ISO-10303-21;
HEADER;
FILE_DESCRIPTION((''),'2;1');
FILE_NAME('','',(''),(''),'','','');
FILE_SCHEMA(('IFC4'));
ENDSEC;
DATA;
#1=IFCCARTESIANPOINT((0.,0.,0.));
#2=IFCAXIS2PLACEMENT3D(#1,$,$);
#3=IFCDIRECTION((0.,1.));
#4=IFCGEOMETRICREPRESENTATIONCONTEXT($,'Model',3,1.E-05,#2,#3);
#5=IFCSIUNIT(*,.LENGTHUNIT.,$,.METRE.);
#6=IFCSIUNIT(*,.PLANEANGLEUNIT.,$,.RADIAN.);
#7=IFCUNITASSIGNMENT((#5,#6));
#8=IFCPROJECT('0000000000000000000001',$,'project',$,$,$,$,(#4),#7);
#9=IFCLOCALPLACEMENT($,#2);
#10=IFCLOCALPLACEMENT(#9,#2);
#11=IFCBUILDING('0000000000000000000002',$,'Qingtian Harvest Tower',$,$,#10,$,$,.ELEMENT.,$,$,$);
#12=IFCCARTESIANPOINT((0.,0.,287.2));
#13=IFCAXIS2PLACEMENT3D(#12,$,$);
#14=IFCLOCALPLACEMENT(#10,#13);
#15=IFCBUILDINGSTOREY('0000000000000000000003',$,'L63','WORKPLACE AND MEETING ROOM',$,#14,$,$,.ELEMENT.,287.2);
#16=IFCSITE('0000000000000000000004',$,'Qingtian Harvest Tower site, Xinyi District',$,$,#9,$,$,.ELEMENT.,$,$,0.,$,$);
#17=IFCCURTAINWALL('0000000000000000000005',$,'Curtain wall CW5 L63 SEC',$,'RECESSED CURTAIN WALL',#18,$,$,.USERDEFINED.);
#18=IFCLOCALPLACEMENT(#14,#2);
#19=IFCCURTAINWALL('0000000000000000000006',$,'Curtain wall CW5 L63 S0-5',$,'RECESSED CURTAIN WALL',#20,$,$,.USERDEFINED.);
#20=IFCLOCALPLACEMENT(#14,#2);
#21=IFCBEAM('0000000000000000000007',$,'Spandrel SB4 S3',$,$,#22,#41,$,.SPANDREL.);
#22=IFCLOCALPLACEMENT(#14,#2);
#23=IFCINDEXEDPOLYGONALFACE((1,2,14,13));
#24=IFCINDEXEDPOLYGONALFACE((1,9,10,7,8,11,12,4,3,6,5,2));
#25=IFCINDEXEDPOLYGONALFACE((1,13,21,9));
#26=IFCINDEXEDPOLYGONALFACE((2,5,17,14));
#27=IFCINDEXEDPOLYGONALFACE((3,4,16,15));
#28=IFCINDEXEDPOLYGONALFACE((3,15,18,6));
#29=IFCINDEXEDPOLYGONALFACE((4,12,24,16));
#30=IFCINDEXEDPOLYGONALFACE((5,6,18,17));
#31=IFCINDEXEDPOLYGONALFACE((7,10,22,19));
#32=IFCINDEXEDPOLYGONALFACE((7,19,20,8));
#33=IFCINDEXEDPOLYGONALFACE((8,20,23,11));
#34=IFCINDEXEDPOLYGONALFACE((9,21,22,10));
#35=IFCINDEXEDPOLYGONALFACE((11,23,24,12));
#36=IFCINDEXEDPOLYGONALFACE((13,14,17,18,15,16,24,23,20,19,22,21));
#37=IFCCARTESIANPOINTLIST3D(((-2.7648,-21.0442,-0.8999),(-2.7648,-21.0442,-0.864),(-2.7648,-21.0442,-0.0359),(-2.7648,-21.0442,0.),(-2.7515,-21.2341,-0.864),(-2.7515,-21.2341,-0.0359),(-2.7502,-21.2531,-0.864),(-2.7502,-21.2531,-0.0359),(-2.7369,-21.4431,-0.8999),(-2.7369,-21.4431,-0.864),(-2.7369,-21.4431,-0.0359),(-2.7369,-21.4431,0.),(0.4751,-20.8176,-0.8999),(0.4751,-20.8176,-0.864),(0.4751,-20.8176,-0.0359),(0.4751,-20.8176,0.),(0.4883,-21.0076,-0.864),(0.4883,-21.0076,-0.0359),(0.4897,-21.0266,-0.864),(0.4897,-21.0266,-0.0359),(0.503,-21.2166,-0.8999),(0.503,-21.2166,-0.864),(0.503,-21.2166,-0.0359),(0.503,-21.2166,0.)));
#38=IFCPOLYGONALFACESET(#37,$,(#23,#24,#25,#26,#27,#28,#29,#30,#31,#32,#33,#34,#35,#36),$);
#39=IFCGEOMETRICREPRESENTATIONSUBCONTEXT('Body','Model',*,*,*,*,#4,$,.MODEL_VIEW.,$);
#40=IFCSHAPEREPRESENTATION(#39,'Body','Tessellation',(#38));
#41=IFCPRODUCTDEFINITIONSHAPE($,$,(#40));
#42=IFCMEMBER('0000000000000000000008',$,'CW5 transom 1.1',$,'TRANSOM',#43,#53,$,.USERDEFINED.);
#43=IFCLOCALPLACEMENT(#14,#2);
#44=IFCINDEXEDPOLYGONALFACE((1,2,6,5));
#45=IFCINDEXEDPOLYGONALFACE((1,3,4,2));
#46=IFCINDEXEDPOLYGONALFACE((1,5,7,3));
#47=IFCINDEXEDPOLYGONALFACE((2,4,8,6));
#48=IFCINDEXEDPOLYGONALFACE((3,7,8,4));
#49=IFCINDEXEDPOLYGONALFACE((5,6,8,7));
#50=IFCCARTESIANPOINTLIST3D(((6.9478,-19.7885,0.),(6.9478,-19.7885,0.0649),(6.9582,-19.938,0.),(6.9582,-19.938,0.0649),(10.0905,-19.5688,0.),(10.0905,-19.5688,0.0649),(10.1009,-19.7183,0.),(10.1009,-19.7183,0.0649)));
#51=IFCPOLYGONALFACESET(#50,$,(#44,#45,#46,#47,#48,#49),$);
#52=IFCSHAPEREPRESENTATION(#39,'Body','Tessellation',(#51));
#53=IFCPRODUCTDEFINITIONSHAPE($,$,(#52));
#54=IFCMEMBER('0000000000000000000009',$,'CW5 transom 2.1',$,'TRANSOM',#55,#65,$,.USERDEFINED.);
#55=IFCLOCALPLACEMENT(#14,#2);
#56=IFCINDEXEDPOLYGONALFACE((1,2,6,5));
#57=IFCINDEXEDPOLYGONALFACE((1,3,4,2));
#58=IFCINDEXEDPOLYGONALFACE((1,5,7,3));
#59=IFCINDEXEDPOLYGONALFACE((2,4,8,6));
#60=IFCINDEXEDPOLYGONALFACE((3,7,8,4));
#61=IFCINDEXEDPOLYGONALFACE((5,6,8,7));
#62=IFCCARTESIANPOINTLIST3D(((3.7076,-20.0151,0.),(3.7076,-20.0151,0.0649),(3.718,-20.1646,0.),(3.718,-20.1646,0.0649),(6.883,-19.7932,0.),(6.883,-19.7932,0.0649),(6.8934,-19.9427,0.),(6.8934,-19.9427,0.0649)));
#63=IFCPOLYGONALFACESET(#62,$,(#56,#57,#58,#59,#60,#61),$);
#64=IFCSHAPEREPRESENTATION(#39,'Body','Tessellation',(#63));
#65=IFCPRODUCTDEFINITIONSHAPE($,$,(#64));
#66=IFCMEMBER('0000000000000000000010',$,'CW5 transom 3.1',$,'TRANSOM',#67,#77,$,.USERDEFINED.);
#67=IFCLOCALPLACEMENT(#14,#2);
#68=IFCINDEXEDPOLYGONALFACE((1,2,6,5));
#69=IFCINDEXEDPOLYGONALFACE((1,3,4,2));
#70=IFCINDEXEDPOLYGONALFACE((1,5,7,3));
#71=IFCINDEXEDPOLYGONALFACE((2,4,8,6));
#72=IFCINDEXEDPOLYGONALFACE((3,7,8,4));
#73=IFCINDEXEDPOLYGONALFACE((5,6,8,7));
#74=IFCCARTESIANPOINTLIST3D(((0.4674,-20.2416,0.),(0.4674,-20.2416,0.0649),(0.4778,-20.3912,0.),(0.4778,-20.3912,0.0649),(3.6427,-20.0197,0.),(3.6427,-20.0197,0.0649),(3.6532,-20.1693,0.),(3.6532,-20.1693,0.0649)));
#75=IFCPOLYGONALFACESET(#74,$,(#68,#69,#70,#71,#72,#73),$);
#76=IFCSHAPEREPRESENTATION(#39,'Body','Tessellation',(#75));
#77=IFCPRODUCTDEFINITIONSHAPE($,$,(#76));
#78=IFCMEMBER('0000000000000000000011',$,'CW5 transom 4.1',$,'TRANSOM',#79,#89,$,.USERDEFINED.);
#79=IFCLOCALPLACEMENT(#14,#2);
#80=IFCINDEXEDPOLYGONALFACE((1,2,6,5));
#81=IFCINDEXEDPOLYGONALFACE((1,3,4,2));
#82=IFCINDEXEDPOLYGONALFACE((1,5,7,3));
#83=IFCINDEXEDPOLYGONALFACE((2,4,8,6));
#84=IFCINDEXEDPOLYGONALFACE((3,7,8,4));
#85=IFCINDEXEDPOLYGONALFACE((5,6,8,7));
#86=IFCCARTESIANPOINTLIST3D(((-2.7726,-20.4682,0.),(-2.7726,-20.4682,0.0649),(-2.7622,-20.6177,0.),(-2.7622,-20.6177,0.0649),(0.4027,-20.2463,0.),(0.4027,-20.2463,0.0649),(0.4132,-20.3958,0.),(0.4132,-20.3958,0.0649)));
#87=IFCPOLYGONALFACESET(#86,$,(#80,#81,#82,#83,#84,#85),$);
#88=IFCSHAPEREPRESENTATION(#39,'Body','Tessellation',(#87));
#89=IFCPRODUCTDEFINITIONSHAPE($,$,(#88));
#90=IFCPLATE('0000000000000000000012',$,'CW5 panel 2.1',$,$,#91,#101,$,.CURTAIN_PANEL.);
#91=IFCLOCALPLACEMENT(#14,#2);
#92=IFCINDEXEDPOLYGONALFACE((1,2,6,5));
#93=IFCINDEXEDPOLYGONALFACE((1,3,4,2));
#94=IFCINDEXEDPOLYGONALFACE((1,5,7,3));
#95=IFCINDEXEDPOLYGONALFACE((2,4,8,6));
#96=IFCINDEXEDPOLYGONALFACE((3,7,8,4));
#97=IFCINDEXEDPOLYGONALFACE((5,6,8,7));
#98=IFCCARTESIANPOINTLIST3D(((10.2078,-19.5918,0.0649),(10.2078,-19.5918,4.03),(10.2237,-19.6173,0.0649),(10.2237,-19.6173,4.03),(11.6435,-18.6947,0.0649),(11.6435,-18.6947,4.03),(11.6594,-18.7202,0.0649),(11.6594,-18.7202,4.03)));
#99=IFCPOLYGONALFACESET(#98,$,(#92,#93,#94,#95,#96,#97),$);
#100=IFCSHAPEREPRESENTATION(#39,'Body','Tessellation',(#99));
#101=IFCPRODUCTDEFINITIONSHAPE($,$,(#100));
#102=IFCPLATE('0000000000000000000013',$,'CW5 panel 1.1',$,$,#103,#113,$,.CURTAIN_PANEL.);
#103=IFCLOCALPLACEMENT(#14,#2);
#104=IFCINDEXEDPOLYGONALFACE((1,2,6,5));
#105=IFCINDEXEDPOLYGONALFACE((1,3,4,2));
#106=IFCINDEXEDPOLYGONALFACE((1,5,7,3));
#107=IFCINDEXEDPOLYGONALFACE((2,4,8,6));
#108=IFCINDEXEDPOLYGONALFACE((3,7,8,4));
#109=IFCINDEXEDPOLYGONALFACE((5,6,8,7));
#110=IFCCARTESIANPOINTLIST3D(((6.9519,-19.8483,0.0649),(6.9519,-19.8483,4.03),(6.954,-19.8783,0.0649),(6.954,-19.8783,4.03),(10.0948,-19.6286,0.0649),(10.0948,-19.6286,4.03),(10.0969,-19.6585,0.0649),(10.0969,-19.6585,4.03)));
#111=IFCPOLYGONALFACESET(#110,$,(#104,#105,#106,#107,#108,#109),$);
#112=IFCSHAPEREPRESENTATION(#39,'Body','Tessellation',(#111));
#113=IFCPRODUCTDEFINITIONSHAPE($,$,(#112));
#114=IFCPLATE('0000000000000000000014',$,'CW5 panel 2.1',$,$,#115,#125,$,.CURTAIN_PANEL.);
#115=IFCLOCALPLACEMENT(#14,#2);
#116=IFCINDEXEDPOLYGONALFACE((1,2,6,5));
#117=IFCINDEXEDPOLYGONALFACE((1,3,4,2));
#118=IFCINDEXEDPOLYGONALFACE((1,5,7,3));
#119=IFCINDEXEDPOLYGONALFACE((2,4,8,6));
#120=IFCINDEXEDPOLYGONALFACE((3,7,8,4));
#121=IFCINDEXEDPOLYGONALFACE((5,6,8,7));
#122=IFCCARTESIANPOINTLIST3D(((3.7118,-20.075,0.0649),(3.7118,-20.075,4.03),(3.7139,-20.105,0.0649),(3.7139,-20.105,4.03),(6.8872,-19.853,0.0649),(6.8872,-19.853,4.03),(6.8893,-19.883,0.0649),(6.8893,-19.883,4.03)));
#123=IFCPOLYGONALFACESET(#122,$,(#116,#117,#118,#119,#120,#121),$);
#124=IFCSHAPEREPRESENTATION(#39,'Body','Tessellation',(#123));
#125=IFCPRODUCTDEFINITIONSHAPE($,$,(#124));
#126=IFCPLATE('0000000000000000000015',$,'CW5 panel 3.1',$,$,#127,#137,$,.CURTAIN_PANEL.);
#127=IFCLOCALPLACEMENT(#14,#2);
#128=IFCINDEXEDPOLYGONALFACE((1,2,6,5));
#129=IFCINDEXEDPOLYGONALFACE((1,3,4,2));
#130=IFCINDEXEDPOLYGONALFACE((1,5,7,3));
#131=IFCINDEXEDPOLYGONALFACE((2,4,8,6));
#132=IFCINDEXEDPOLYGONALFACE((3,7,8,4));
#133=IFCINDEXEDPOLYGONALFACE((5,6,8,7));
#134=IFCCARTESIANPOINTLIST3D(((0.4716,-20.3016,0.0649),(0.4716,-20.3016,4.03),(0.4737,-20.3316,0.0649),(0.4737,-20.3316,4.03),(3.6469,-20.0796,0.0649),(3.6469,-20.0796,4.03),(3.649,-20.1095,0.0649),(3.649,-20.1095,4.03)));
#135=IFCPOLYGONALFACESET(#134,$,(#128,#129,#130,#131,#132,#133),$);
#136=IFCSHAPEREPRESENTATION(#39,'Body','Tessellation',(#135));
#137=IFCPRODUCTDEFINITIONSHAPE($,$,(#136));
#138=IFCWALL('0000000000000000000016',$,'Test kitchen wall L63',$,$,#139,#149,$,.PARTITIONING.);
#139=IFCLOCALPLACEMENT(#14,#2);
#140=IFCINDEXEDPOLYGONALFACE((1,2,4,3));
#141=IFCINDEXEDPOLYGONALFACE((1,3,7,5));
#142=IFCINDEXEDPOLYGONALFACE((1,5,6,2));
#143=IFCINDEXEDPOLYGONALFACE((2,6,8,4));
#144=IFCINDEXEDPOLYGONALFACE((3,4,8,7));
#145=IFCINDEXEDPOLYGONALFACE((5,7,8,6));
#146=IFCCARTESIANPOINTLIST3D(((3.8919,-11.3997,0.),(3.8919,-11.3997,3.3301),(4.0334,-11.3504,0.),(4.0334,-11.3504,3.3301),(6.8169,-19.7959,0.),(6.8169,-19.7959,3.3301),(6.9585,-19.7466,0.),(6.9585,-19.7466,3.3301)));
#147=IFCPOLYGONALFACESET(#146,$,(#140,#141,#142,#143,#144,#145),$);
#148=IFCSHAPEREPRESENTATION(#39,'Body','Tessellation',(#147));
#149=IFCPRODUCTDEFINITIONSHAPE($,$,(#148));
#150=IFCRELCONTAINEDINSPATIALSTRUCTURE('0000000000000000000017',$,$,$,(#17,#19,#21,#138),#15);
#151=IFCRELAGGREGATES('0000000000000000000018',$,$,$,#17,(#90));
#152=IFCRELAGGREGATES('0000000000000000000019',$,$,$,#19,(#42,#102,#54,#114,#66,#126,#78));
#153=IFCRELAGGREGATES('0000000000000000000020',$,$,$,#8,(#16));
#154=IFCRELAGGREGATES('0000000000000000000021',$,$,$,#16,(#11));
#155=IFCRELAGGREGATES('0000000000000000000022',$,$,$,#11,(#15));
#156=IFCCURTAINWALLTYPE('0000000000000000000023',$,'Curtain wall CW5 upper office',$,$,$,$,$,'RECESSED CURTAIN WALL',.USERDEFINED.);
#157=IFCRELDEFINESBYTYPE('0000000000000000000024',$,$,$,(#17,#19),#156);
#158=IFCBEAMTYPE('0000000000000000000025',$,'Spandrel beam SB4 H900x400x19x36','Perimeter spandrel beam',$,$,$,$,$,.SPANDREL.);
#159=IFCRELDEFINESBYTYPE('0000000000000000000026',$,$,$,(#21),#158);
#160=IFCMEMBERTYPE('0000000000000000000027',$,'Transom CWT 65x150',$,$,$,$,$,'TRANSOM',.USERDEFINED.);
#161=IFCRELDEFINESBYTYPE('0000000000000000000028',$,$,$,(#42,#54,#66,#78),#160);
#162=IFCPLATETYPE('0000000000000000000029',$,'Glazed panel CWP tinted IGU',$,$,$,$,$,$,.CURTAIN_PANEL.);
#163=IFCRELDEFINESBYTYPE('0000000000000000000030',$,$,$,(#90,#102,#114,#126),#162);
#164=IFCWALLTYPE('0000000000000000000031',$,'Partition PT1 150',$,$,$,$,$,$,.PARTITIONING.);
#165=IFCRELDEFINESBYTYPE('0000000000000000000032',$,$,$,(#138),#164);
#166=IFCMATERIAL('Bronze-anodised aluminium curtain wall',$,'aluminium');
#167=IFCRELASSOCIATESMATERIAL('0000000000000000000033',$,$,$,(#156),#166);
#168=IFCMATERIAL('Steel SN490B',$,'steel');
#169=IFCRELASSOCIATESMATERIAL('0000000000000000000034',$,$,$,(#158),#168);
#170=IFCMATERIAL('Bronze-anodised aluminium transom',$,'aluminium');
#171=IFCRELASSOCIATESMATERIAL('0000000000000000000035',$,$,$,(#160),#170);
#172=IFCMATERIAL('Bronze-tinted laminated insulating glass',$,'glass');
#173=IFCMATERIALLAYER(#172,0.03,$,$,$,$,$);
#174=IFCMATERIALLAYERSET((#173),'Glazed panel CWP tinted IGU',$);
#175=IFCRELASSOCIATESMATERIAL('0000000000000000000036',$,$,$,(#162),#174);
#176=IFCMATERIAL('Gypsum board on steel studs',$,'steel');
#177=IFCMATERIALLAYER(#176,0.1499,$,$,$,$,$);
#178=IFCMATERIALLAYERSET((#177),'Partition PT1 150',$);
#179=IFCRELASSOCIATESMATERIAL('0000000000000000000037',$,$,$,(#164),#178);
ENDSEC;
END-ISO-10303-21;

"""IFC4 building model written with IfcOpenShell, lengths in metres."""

from ifc_helpers import new_model, si_unit, direction, frame, frame_2d, origin, origin_2d, place, context, subcontext, project, spatial, rectangle, i_section, extrude, material, layer, layer_set, material_profile, profile_set, type_object, element, aggregate, save


model = new_model("IFC4")

# Units and contexts
model_context = context("Model", 3, precision=1e-05, world=origin(), true_north=direction((0.0, 1.0)))
body_context = subcontext(model_context, "Body", "Model", "MODEL_VIEW")
ifc_project = project(units=[si_unit("LENGTHUNIT", "METRE"), si_unit("PLANEANGLEUNIT", "RADIAN")], contexts=[model_context])

# Site, building, storey
site_placement = place(None, origin())
site = spatial("IfcSite", under=ifc_project, at=site_placement, Name="Qingtian Harvest Tower site, Xinyi District", CompositionType="ELEMENT", RefElevation=0.0)
building_placement = place(site_placement, origin())
building = spatial("IfcBuilding", under=site, at=building_placement, Name="Qingtian Harvest Tower", CompositionType="ELEMENT")
storey_placement = place(building_placement, frame((0.0, 0.0, 287.2)))
storey = spatial("IfcBuildingStorey", under=building, at=storey_placement, Name="L63", Description="WORKPLACE AND MEETING ROOM", CompositionType="ELEMENT", Elevation=287.2)

# Curtain wall
ifc_material_1 = material(Name="Bronze-anodised aluminium curtain wall", Category="aluminium")
curtain_wall_type = type_object("IfcCurtainWallType", Name="Curtain wall CW5 upper office", ElementType="RECESSED CURTAIN WALL", PredefinedType="USERDEFINED", material=ifc_material_1)
curtain_wall_1_placement = place(storey_placement, origin())
curtain_wall_1 = element("IfcCurtainWall", 1, at=curtain_wall_1_placement, inside=storey, type_object=curtain_wall_type, Name="Curtain wall CW5 L63 SEC", ObjectType="RECESSED CURTAIN WALL", PredefinedType="USERDEFINED")

# Curtain wall
curtain_wall_2_placement = place(storey_placement, origin())
curtain_wall_2 = element("IfcCurtainWall", 2, at=curtain_wall_2_placement, inside=storey, type_object=curtain_wall_type, Name="Curtain wall CW5 L63 S0-5", ObjectType="RECESSED CURTAIN WALL", PredefinedType="USERDEFINED")

# Beam
ifc_material_2 = material(Name="Steel SN490B", Category="steel")
ifc_material_profile_1 = material_profile(ifc_material_2, i_section(OverallWidth=0.3999, OverallDepth=0.8999, WebThickness=0.019, FlangeThickness=0.0359, at=origin_2d()), Name="H900x400x19x36")
ifc_profile_set_1 = profile_set([ifc_material_profile_1], Name="Steel SN490B")
beam_type_1 = type_object("IfcBeamType", Name="Spandrel beam SB4 H900x400x19x36", Description="Perimeter spandrel beam", PredefinedType="SPANDREL", material=ifc_profile_set_1)
beam_1_placement = place(storey_placement, frame((0.489, -21.0171, -0.45), z_axis=(-0.997564, -0.069757, 0.0), x_axis=(0.069757, -0.997564, 0.0)))
element("IfcBeam", 3, at=beam_1_placement, inside=storey, type_object=beam_type_1, Name="Spandrel SB4 S3", PredefinedType="SPANDREL", context=body_context, shape_type="SweptSolid", body=[
    extrude(i_section(OverallWidth=0.3999, OverallDepth=0.8999, WebThickness=0.019, FlangeThickness=0.0359, at=origin_2d()), origin(), (0.0, 0.0, 1.0), 3.2478),
])

# Members
ifc_material_3 = material(Name="Bronze-anodised aluminium transom", Category="aluminium")
ifc_material_profile_2 = material_profile(ifc_material_3, rectangle(XDim=0.1499, YDim=0.0649, at=origin_2d()), Name="AL 65x150")
ifc_profile_set_2 = profile_set([ifc_material_profile_2], Name="Bronze-anodised aluminium transom")
member_type_1 = type_object("IfcMemberType", Name="Transom CWT 65x150", ElementType="TRANSOM", PredefinedType="USERDEFINED", material=ifc_profile_set_2)
member_1_placement = place(storey_placement, frame((10.0957, -19.6436, 0.0325), z_axis=(-0.997565, -0.069744, 0.0), x_axis=(0.069744, -0.997565, 0.0)))
member_1 = element("IfcMember", 4, at=member_1_placement, type_object=member_type_1, Name="CW5 transom 1.1", ObjectType="TRANSOM", PredefinedType="USERDEFINED", context=body_context, shape_type="SweptSolid", body=[
    extrude(rectangle(XDim=0.1499, YDim=0.0649, at=origin_2d()), origin(), (0.0, 0.0, 1.0), 3.1504),
])
member_2_placement = place(storey_placement, frame((6.8882, -19.8679, 0.0325), z_axis=(-0.997567, -0.069721, 0.0), x_axis=(0.069721, -0.997567, 0.0)))
member_2 = element("IfcMember", 5, at=member_2_placement, type_object=member_type_1, Name="CW5 transom 2.1", ObjectType="TRANSOM", PredefinedType="USERDEFINED", context=body_context, shape_type="SweptSolid", body=[
    extrude(rectangle(XDim=0.1499, YDim=0.0649, at=origin_2d()), origin(), (0.0, 0.0, 1.0), 3.1831),
])
member_3_placement = place(storey_placement, frame((3.6479, -20.0945, 0.0325), z_axis=(-0.997567, -0.069721, 0.0), x_axis=(0.069721, -0.997567, 0.0)))
member_3 = element("IfcMember", 6, at=member_3_placement, type_object=member_type_1, Name="CW5 transom 3.1", ObjectType="TRANSOM", PredefinedType="USERDEFINED", context=body_context, shape_type="SweptSolid", body=[
    extrude(rectangle(XDim=0.1499, YDim=0.0649, at=origin_2d()), origin(), (0.0, 0.0, 1.0), 3.1831),
])
member_4_placement = place(storey_placement, frame((0.408, -20.321, 0.0325), z_axis=(-0.997567, -0.069721, 0.0), x_axis=(0.069721, -0.997567, 0.0)))
member_4 = element("IfcMember", 7, at=member_4_placement, type_object=member_type_1, Name="CW5 transom 4.1", ObjectType="TRANSOM", PredefinedType="USERDEFINED", context=body_context, shape_type="SweptSolid", body=[
    extrude(rectangle(XDim=0.1499, YDim=0.0649, at=origin_2d()), origin(), (0.0, 0.0, 1.0), 3.1831),
])

# Plates
ifc_material_4 = material(Name="Bronze-tinted laminated insulating glass", Category="glass")
ifc_layer_1 = layer(ifc_material_4, 0.03)
ifc_layer_set_1 = layer_set([ifc_layer_1], Name="Glazed panel CWP tinted IGU")
plate_type = type_object("IfcPlateType", Name="Glazed panel CWP tinted IGU", PredefinedType="CURTAIN_PANEL", material=ifc_layer_set_1)
plate_1_placement = place(storey_placement, frame((10.9336, -19.156, 0.0649), z_axis=(0.0, 0.0, 1.0), x_axis=(-0.848048, -0.529919, 0.0)))
plate_1 = element("IfcPlate", 8, at=plate_1_placement, type_object=plate_type, Name="CW5 panel 2.1", PredefinedType="CURTAIN_PANEL", context=body_context, shape_type="SweptSolid", body=[
    extrude(rectangle(XDim=1.6929, YDim=0.03, at=origin_2d()), origin(), (0.0, 0.0, 1.0), 3.9651),
])
aggregate(curtain_wall_1, [plate_1])
plate_2_placement = place(storey_placement, frame((8.5244, -19.7534, 0.0649), z_axis=(0.0, 0.0, 1.0), x_axis=(-0.997564, -0.069756, 0.0)))
plate_2 = element("IfcPlate", 9, at=plate_2_placement, type_object=plate_type, Name="CW5 panel 1.1", PredefinedType="CURTAIN_PANEL", context=body_context, shape_type="SweptSolid", body=[
    extrude(rectangle(XDim=3.1506, YDim=0.03, at=origin_2d()), origin(), (0.0, 0.0, 1.0), 3.9651),
])
plate_3_placement = place(storey_placement, frame((5.3005, -19.979, 0.0649), z_axis=(0.0, 0.0, 1.0), x_axis=(-0.997564, -0.069756, 0.0)))
plate_3 = element("IfcPlate", 10, at=plate_3_placement, type_object=plate_type, Name="CW5 panel 2.1", PredefinedType="CURTAIN_PANEL", context=body_context, shape_type="SweptSolid", body=[
    extrude(rectangle(XDim=3.1831, YDim=0.03, at=origin_2d()), origin(), (0.0, 0.0, 1.0), 3.9651),
])
plate_4_placement = place(storey_placement, frame((2.0603, -20.2056, 0.0649), z_axis=(0.0, 0.0, 1.0), x_axis=(-0.997564, -0.069756, 0.0)))
plate_4 = element("IfcPlate", 11, at=plate_4_placement, type_object=plate_type, Name="CW5 panel 3.1", PredefinedType="CURTAIN_PANEL", context=body_context, shape_type="SweptSolid", body=[
    extrude(rectangle(XDim=3.1831, YDim=0.03, at=origin_2d()), origin(), (0.0, 0.0, 1.0), 3.9651),
])
aggregate(curtain_wall_2, [member_1, plate_2, member_2, plate_3, member_3, plate_4, member_4])

# Wall
ifc_material_5 = material(Name="Gypsum board on steel studs", Category="steel")
ifc_layer_2 = layer(ifc_material_5, 0.1499)
ifc_layer_set_2 = layer_set([ifc_layer_2], Name="Partition PT1 150")
wall_type = type_object("IfcWallType", Name="Partition PT1 150", PredefinedType="PARTITIONING", material=ifc_layer_set_2)
wall_placement = place(storey_placement, frame((6.8877, -19.7712, 0.0), z_axis=(0.0, 0.0, 1.0), x_axis=(-0.328984, 0.944336, 0.0)))
element("IfcWall", 12, at=wall_placement, inside=storey, type_object=wall_type, Name="Test kitchen wall L63", PredefinedType="PARTITIONING", context=body_context, shape_type="SweptSolid", body=[
    extrude(rectangle(XDim=8.8911, YDim=0.1499, at=frame_2d((4.4456, 0.0))), origin(), (0.0, 0.0, 1.0), 3.3301),
])

save(model, "model.ifc")
